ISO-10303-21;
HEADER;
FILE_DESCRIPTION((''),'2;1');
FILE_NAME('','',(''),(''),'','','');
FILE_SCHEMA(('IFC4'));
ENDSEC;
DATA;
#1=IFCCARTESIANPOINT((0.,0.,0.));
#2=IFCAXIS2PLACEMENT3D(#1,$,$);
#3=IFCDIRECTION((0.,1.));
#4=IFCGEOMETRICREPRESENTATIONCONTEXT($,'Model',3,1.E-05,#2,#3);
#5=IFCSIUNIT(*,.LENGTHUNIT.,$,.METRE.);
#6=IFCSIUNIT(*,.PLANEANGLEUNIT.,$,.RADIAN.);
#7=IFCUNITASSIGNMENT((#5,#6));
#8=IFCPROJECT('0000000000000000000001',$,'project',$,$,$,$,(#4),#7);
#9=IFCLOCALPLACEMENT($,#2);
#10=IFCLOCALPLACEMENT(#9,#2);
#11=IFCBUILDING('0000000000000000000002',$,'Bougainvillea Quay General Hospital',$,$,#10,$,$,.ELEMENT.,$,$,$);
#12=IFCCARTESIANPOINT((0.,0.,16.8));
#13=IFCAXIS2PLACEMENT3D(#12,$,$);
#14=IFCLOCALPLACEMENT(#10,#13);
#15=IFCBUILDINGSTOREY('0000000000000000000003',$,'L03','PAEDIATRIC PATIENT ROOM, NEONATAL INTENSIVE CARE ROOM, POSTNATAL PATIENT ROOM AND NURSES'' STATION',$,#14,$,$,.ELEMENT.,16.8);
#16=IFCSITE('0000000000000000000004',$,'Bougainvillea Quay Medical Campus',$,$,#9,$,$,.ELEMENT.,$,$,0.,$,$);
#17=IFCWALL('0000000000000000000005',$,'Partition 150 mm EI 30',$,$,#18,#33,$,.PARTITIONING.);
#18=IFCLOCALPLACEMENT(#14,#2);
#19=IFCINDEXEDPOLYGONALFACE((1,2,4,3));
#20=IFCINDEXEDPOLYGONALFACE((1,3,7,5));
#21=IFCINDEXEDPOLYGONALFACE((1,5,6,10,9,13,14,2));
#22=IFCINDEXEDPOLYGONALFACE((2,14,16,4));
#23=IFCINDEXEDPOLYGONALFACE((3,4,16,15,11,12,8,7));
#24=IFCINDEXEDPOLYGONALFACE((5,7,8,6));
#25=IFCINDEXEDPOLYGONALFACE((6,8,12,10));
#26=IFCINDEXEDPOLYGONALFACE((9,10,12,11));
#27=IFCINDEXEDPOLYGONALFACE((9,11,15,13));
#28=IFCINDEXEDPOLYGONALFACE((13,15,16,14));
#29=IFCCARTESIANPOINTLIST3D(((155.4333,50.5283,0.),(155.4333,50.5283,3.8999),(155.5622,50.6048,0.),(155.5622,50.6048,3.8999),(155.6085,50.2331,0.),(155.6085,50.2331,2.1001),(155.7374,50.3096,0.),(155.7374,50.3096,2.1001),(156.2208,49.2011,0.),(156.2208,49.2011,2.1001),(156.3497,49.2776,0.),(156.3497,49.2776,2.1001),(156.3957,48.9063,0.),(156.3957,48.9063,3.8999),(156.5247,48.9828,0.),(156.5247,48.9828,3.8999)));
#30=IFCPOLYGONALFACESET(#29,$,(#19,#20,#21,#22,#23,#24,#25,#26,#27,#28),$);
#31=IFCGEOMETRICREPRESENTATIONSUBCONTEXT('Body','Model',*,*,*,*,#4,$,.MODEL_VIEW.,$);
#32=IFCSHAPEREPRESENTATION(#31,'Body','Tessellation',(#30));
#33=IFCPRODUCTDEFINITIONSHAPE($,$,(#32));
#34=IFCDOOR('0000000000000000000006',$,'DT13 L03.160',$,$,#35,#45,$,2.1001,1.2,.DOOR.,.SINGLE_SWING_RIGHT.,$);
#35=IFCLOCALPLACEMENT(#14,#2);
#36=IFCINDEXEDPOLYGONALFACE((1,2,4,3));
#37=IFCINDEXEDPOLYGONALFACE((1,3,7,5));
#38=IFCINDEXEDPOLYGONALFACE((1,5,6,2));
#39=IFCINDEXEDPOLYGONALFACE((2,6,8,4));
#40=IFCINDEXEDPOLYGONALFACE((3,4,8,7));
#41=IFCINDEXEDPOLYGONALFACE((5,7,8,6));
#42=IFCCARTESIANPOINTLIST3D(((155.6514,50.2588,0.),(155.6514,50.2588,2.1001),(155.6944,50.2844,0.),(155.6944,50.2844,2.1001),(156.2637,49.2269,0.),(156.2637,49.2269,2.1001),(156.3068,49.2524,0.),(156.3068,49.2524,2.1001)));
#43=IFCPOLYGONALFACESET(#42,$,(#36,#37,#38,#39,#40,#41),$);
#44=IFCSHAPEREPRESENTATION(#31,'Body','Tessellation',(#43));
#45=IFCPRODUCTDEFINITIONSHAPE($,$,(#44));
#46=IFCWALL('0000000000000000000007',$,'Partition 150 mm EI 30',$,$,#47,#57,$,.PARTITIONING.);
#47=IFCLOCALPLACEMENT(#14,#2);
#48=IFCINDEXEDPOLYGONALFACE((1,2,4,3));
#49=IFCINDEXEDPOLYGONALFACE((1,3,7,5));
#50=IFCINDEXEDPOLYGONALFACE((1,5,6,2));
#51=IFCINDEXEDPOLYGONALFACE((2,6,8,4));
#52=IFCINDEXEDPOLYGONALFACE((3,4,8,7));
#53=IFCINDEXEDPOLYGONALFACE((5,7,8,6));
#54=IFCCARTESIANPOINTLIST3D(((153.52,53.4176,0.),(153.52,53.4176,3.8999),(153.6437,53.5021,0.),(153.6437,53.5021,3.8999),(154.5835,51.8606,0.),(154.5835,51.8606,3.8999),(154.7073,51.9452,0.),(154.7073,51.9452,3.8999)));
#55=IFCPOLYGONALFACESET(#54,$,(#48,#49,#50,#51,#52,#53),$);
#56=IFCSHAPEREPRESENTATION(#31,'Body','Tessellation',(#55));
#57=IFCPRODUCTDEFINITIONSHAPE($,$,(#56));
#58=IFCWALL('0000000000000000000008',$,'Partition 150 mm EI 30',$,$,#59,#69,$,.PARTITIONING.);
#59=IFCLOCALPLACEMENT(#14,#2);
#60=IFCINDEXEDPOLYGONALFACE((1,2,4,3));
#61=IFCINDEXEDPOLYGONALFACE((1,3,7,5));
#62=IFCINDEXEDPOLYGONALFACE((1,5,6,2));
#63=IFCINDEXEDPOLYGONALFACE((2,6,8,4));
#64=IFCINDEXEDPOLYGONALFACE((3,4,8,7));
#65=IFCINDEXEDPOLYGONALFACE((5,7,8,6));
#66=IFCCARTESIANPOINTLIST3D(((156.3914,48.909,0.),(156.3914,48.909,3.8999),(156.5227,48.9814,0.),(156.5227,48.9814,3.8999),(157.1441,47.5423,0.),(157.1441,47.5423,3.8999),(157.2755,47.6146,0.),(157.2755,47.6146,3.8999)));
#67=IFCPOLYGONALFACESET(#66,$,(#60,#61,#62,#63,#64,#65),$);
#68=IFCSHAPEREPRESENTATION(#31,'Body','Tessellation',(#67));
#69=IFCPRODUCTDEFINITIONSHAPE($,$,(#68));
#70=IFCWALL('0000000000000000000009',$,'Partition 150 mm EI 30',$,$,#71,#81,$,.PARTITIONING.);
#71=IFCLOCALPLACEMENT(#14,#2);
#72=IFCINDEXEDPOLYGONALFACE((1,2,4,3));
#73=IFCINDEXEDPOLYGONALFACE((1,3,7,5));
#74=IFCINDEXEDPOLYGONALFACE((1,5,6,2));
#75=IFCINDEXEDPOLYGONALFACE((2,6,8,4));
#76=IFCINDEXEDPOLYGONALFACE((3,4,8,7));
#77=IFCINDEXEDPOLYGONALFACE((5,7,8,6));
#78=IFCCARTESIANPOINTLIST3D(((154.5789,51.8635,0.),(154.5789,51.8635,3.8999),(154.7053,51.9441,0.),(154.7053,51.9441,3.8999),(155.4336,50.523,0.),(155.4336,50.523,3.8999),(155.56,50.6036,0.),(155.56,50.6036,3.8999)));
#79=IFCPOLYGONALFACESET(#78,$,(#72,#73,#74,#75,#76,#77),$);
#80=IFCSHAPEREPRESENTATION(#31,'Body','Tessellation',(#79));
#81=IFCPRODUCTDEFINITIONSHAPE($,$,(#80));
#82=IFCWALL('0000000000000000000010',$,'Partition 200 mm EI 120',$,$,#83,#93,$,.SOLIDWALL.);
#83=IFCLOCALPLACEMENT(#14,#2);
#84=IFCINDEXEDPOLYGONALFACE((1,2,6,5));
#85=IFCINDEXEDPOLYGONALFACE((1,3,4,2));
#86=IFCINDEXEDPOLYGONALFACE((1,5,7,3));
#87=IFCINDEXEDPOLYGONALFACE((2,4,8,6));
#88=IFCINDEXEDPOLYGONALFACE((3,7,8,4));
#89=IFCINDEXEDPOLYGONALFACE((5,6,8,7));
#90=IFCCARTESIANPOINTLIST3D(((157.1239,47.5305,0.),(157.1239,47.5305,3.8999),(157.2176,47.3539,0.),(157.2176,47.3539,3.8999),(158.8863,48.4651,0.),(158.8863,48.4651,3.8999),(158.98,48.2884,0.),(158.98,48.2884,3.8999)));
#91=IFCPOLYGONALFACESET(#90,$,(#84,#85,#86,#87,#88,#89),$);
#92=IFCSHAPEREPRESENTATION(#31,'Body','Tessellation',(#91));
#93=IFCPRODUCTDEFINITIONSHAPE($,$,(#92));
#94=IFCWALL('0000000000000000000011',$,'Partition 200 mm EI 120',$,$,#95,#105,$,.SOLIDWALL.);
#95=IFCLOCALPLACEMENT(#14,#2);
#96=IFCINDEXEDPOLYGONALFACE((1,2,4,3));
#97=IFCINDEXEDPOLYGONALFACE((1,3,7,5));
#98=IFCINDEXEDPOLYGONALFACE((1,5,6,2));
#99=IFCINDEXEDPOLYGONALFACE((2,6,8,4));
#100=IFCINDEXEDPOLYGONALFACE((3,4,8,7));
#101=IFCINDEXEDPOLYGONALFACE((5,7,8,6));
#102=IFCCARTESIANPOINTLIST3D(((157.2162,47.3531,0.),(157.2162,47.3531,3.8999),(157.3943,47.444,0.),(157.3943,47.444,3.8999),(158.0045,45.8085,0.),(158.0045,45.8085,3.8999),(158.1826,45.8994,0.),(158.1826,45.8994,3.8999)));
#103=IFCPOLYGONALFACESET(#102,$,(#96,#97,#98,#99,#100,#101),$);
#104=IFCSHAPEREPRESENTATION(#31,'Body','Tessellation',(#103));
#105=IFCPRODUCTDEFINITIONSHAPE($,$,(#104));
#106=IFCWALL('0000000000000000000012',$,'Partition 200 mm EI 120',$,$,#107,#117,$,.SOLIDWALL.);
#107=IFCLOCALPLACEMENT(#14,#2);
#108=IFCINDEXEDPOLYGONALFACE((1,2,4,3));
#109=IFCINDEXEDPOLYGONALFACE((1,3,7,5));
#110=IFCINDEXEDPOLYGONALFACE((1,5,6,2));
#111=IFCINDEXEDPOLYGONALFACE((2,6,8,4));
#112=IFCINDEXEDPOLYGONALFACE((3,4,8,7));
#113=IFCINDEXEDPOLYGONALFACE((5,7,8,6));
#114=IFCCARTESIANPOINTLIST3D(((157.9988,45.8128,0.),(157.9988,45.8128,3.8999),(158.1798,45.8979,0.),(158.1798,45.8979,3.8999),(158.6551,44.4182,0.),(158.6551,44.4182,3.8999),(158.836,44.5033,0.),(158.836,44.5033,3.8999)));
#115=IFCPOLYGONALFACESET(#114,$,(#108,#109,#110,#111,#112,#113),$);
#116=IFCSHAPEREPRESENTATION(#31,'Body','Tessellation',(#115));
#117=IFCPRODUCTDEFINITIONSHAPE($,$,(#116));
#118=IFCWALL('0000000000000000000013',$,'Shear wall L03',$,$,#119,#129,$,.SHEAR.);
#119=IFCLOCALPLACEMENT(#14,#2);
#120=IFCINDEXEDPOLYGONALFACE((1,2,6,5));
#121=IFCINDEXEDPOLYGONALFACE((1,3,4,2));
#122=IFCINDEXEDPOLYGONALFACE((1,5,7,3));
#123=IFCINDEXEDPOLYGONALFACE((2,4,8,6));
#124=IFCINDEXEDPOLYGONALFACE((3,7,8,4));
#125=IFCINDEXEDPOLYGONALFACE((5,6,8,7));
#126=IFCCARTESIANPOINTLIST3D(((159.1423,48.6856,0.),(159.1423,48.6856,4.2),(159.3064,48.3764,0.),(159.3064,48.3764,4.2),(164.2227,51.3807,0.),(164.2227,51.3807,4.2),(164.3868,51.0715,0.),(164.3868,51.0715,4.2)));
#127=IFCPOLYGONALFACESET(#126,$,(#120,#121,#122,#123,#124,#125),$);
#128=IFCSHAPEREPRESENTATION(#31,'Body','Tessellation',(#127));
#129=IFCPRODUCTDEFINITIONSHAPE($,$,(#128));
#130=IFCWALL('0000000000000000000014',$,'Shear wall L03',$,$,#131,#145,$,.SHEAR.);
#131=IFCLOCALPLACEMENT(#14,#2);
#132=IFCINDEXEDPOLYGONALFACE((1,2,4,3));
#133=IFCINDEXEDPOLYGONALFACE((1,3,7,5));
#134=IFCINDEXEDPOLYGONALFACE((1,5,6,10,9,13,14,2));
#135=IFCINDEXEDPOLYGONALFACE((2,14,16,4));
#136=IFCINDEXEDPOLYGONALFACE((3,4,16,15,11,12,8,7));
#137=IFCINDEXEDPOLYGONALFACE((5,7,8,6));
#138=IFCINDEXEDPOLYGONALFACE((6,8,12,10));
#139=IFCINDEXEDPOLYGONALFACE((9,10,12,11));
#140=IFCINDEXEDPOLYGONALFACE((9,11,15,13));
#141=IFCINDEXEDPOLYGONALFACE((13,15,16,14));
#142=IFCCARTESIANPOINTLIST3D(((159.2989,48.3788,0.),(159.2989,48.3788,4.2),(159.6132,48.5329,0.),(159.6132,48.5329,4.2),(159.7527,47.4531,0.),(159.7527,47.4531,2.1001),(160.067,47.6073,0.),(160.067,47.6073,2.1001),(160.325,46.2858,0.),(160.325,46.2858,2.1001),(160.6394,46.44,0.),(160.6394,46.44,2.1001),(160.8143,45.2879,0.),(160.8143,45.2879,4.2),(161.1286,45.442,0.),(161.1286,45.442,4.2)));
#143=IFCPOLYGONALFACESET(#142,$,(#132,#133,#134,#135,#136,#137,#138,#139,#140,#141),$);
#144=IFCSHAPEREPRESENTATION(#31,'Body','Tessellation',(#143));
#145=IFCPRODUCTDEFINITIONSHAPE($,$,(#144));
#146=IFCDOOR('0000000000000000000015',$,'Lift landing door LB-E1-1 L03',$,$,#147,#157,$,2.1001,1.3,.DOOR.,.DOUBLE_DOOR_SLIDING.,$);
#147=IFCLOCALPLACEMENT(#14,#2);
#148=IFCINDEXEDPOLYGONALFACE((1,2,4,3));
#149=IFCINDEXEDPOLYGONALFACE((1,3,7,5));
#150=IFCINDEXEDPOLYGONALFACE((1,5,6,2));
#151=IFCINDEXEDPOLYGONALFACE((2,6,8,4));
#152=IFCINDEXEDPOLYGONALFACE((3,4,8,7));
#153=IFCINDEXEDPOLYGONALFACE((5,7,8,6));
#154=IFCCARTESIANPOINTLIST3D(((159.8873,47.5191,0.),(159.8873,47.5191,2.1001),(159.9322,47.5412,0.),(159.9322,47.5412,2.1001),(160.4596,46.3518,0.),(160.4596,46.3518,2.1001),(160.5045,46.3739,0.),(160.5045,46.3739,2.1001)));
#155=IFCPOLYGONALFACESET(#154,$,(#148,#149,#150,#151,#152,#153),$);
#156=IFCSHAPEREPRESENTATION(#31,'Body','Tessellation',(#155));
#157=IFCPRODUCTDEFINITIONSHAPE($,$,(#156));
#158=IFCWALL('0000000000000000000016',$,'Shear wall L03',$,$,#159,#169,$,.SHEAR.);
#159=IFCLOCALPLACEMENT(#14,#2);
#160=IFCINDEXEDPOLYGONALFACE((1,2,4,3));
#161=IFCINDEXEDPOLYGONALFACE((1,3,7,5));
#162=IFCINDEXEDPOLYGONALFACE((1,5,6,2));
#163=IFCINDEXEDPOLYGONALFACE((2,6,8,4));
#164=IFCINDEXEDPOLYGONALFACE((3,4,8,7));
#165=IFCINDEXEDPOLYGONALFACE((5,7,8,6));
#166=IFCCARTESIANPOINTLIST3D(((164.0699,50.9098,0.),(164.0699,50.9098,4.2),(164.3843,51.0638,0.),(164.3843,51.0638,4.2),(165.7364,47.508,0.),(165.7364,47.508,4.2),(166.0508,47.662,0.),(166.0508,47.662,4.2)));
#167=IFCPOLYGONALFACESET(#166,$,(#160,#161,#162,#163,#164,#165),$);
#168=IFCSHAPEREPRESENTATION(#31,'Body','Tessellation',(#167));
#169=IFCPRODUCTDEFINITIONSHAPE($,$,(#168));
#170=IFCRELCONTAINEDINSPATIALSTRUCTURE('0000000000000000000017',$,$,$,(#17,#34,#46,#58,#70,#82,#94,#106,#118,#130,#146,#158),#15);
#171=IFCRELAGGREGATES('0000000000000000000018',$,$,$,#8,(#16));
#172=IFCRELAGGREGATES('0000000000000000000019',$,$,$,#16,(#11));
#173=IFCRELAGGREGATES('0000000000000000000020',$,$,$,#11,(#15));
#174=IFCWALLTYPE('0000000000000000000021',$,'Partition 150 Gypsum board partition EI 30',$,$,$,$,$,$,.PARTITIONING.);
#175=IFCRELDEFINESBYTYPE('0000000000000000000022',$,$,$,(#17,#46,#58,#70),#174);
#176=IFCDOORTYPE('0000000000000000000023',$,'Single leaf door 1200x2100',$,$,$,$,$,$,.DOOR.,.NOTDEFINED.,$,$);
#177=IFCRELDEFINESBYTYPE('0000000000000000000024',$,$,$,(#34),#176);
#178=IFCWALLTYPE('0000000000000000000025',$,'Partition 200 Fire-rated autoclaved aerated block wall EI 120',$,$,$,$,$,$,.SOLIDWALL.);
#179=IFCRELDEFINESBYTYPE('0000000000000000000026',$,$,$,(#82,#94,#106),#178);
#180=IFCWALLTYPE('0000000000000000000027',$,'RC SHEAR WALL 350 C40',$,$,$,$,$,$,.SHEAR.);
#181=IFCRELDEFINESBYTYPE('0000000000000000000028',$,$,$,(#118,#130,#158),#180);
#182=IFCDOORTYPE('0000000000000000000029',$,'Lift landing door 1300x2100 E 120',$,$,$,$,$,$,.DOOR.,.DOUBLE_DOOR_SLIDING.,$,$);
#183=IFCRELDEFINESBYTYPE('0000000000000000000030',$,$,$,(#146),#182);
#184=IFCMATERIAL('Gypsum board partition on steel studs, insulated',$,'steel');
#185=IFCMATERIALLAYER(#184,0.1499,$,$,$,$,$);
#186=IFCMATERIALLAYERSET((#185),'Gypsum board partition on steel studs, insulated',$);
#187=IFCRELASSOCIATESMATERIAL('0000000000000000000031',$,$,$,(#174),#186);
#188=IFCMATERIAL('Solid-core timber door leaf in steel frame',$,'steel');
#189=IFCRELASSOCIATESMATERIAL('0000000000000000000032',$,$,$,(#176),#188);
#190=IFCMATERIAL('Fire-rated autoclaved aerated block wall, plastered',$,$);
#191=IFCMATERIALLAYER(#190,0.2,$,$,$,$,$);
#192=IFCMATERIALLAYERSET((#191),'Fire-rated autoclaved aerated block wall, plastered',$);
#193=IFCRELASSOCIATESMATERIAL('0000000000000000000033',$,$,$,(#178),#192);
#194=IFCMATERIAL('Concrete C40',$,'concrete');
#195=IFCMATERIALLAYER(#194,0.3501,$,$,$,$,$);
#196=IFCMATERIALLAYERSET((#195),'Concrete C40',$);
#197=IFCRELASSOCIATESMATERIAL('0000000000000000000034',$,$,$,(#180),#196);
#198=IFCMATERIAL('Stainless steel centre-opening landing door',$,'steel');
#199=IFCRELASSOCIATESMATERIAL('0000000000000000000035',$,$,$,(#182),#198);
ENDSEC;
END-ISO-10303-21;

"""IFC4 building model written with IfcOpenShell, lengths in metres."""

from ifc_helpers import new_model, si_unit, direction, frame, frame_2d, origin, place, context, subcontext, project, spatial, rectangle, extrude, material, layer, layer_set, type_object, element, fill, save


model = new_model("IFC4")

# Units and contexts
model_context = context("Model", 3, precision=1e-05, world=origin(), true_north=direction((0.0, 1.0)))
body_context = subcontext(model_context, "Body", "Model", "MODEL_VIEW")
ifc_project = project(units=[si_unit("LENGTHUNIT", "METRE"), si_unit("PLANEANGLEUNIT", "RADIAN")], contexts=[model_context])

# Site, building, storey
site_placement = place(None, origin())
site = spatial("IfcSite", under=ifc_project, at=site_placement, Name="Bougainvillea Quay Medical Campus", CompositionType="ELEMENT", RefElevation=0.0)
building_placement = place(site_placement, origin())
building = spatial("IfcBuilding", under=site, at=building_placement, Name="Bougainvillea Quay General Hospital", CompositionType="ELEMENT")
storey_placement = place(building_placement, frame((0.0, 0.0, 16.8)))
storey = spatial("IfcBuildingStorey", under=building, at=storey_placement, Name="L03", Description="PAEDIATRIC PATIENT ROOM, NEONATAL INTENSIVE CARE ROOM, POSTNATAL PATIENT ROOM AND NURSES' STATION", CompositionType="ELEMENT", Elevation=16.8)

# Shared definitions
ifc_material_1 = material(Name="Concrete C40", Category="concrete")

# Shared definitions
ifc_material_2 = material(Name="Gypsum board partition on steel studs, insulated", Category="steel")
ifc_layer_1 = layer(ifc_material_2, 0.1499)
ifc_layer_set_1 = layer_set([ifc_layer_1], Name="Gypsum board partition on steel studs, insulated")
wall_type_1 = type_object("IfcWallType", Name="Partition 150 Gypsum board partition EI 30", PredefinedType="PARTITIONING", material=ifc_layer_set_1)
ifc_material_3 = material(Name="Solid-core timber door leaf in steel frame", Category="steel")

# Wall, opening, door
wall_1_placement = place(storey_placement, frame((155.4978, 50.5664, 0.0), z_axis=(0.0, 0.0, 1.0), x_axis=(0.51032, -0.859984, 0.0)))
wall_1 = element("IfcWall", 1, at=wall_1_placement, inside=storey, type_object=wall_type_1, Name="Partition 150 mm EI 30", PredefinedType="PARTITIONING", context=body_context, shape_type="SweptSolid", body=[
    extrude(rectangle(XDim=1.886, YDim=0.1499, at=frame_2d((0.9429, 0.0))), origin(), (0.0, 0.0, 1.0), 3.8999),
])
opening_1_placement = place(wall_1_placement, frame((0.343, 0.0, 0.0)))
opening_1 = element("IfcOpeningElement", 2, at=opening_1_placement, cuts=wall_1, PredefinedType="OPENING", context=body_context, shape_type="SweptSolid", body=[
    extrude(rectangle(XDim=1.2, YDim=2.1001, at=frame_2d((0.6001, 1.05))), frame((0.0, 0.085, 0.0), z_axis=(0.0, -1.0, 0.0), x_axis=(1.0, 0.0, 0.0)), (0.0, 0.0, 1.0), 0.1699),
])
door_type_1 = type_object("IfcDoorType", Name="Single leaf door 1200x2100", OperationType="NOTDEFINED", PredefinedType="DOOR", material=ifc_material_3)
door_1_placement = place(opening_1_placement, frame((1.2, 0.0, 0.0), z_axis=(0.0, 0.0, 1.0), x_axis=(-1.0, 0.0, 0.0)))
door_1 = element("IfcDoor", 3, at=door_1_placement, inside=storey, type_object=door_type_1, Name="DT13 L03.160", OperationType="SINGLE_SWING_RIGHT", OverallHeight=2.1001, OverallWidth=1.2, PredefinedType="DOOR", context=body_context, shape_type="SweptSolid", body=[
    extrude(rectangle(XDim=1.2, YDim=2.1001, at=frame_2d((0.6001, 1.05))), frame((0.0, 0.0249, 0.0), z_axis=(0.0, -1.0, 0.0), x_axis=(1.0, 0.0, 0.0)), (0.0, 0.0, 1.0), 0.05),
])
fill(opening_1, door_1)

# Walls
wall_2_placement = place(storey_placement, frame((153.5818, 53.46, 0.0), z_axis=(0.0, 0.0, 1.0), x_axis=(0.564048, -0.825742, 0.0)))
element("IfcWall", 4, at=wall_2_placement, inside=storey, type_object=wall_type_1, Name="Partition 150 mm EI 30", PredefinedType="PARTITIONING", context=body_context, shape_type="SweptSolid", body=[
    extrude(rectangle(XDim=1.8855, YDim=0.1499, at=frame_2d((0.9429, 0.0))), origin(), (0.0, 0.0, 1.0), 3.8999),
])
wall_3_placement = place(storey_placement, frame((156.457, 48.9453, 0.0), z_axis=(0.0, 0.0, 1.0), x_axis=(0.482411, -0.875945, 0.0)))
element("IfcWall", 5, at=wall_3_placement, inside=storey, type_object=wall_type_1, Name="Partition 150 mm EI 30", PredefinedType="PARTITIONING", context=body_context, shape_type="SweptSolid", body=[
    extrude(rectangle(XDim=1.5603, YDim=0.1499, at=frame_2d((0.7803, 0.0))), origin(), (0.0, 0.0, 1.0), 3.8999),
])
wall_4_placement = place(storey_placement, frame((154.6421, 51.9038, 0.0), z_axis=(0.0, 0.0, 1.0), x_axis=(0.537611, -0.843193, 0.0)))
element("IfcWall", 6, at=wall_4_placement, inside=storey, type_object=wall_type_1, Name="Partition 150 mm EI 30", PredefinedType="PARTITIONING", context=body_context, shape_type="SweptSolid", body=[
    extrude(rectangle(XDim=1.5898, YDim=0.1499, at=frame_2d((0.7949, 0.0))), origin(), (0.0, 0.0, 1.0), 3.8999),
])
ifc_material_4 = material(Name="Fire-rated autoclaved aerated block wall, plastered")
ifc_layer_2 = layer(ifc_material_4, 0.2)
ifc_layer_set_2 = layer_set([ifc_layer_2], Name="Fire-rated autoclaved aerated block wall, plastered")
wall_type_2 = type_object("IfcWallType", Name="Partition 200 Fire-rated autoclaved aerated block wall EI 120", PredefinedType="SOLIDWALL", material=ifc_layer_set_2)
wall_5_placement = place(storey_placement, frame((157.1707, 47.4421, 0.0), z_axis=(0.0, 0.0, 1.0), x_axis=(0.883475, 0.468478, 0.0)))
element("IfcWall", 7, at=wall_5_placement, inside=storey, type_object=wall_type_2, Name="Partition 200 mm EI 120", PredefinedType="SOLIDWALL", context=body_context, shape_type="SweptSolid", body=[
    extrude(rectangle(XDim=1.9949, YDim=0.2, at=frame_2d((0.9976, 0.0))), origin(), (0.0, 0.0, 1.0), 3.8999),
])
wall_6_placement = place(storey_placement, frame((157.3052, 47.3987, 0.0), z_axis=(0.0, 0.0, 1.0), x_axis=(0.454575, -0.890708, 0.0)))
element("IfcWall", 8, at=wall_6_placement, inside=storey, type_object=wall_type_2, Name="Partition 200 mm EI 120", PredefinedType="SOLIDWALL", context=body_context, shape_type="SweptSolid", body=[
    extrude(rectangle(XDim=1.7341, YDim=0.2, at=frame_2d((0.8672, 0.0))), origin(), (0.0, 0.0, 1.0), 3.8999),
])
wall_7_placement = place(storey_placement, frame((158.0894, 45.8552, 0.0), z_axis=(0.0, 0.0, 1.0), x_axis=(0.425797, -0.904819, 0.0)))
element("IfcWall", 9, at=wall_7_placement, inside=storey, type_object=wall_type_2, Name="Partition 200 mm EI 120", PredefinedType="SOLIDWALL", context=body_context, shape_type="SweptSolid", body=[
    extrude(rectangle(XDim=1.5413, YDim=0.2, at=frame_2d((0.7705, 0.0))), origin(), (0.0, 0.0, 1.0), 3.8999),
])
ifc_layer_3 = layer(ifc_material_1, 0.3501)
ifc_layer_set_3 = layer_set([ifc_layer_3], Name="Concrete C40")
wall_type_3 = type_object("IfcWallType", Name="RC SHEAR WALL 350 C40", PredefinedType="SHEAR", material=ifc_layer_set_3)
wall_8_placement = place(storey_placement, frame((159.2244, 48.531, 0.0), z_axis=(0.0, 0.0, 1.0), x_axis=(0.883393, 0.468633, 0.0)))
element("IfcWall", 10, at=wall_8_placement, inside=storey, type_object=wall_type_3, Name="Shear wall L03", PredefinedType="SHEAR", context=body_context, shape_type="SweptSolid", body=[
    extrude(rectangle(XDim=5.751, YDim=0.3501, at=frame_2d((2.8755, 0.0))), origin(), (0.0, 0.0, 1.0), 4.2),
])

# Wall, opening, door
wall_9_placement = place(storey_placement, frame((159.4561, 48.4558, 0.0), z_axis=(0.0, 0.0, 1.0), x_axis=(0.440221, -0.897889, 0.0)))
wall_9 = element("IfcWall", 11, at=wall_9_placement, inside=storey, type_object=wall_type_3, Name="Shear wall L03", PredefinedType="SHEAR", context=body_context, shape_type="SweptSolid", body=[
    extrude(rectangle(XDim=3.4424, YDim=0.3501, at=frame_2d((1.7212, 0.0))), origin(), (0.0, 0.0, 1.0), 4.2),
])
opening_2_placement = place(wall_9_placement, frame((1.031, 0.0, 0.0)))
opening_2 = element("IfcOpeningElement", 12, at=opening_2_placement, cuts=wall_9, PredefinedType="OPENING", context=body_context, shape_type="SweptSolid", body=[
    extrude(rectangle(XDim=1.3, YDim=2.1001, at=frame_2d((0.6499, 1.05))), frame((0.0, 0.1851, 0.0), z_axis=(0.0, -1.0, 0.0), x_axis=(1.0, 0.0, 0.0)), (0.0, 0.0, 1.0), 0.3701),
])
ifc_material_5 = material(Name="Stainless steel centre-opening landing door", Category="steel")
door_type_2 = type_object("IfcDoorType", Name="Lift landing door 1300x2100 E 120", OperationType="DOUBLE_DOOR_SLIDING", PredefinedType="DOOR", material=ifc_material_5)
door_2_placement = place(opening_2_placement, origin())
door_2 = element("IfcDoor", 13, at=door_2_placement, inside=storey, type_object=door_type_2, Name="Lift landing door LB-E1-1 L03", OperationType="DOUBLE_DOOR_SLIDING", OverallHeight=2.1001, OverallWidth=1.3, PredefinedType="DOOR", context=body_context, shape_type="SweptSolid", body=[
    extrude(rectangle(XDim=1.3, YDim=2.1001, at=frame_2d((0.6499, 1.05))), frame((0.0, 0.0249, 0.0), z_axis=(0.0, -1.0, 0.0), x_axis=(1.0, 0.0, 0.0)), (0.0, 0.0, 1.0), 0.05),
])
fill(opening_2, door_2)

# Wall
wall_10_placement = place(storey_placement, frame((165.8936, 47.585, 0.0), z_axis=(0.0, 0.0, 1.0), x_axis=(-0.439929, 0.898033, 0.0)))
element("IfcWall", 14, at=wall_10_placement, inside=storey, type_object=wall_type_3, Name="Shear wall L03", PredefinedType="SHEAR", context=body_context, shape_type="SweptSolid", body=[
    extrude(rectangle(XDim=3.7881, YDim=0.3501, at=frame_2d((1.894, 0.0))), origin(), (0.0, 0.0, 1.0), 4.2),
])

save(model, "model.ifc")
